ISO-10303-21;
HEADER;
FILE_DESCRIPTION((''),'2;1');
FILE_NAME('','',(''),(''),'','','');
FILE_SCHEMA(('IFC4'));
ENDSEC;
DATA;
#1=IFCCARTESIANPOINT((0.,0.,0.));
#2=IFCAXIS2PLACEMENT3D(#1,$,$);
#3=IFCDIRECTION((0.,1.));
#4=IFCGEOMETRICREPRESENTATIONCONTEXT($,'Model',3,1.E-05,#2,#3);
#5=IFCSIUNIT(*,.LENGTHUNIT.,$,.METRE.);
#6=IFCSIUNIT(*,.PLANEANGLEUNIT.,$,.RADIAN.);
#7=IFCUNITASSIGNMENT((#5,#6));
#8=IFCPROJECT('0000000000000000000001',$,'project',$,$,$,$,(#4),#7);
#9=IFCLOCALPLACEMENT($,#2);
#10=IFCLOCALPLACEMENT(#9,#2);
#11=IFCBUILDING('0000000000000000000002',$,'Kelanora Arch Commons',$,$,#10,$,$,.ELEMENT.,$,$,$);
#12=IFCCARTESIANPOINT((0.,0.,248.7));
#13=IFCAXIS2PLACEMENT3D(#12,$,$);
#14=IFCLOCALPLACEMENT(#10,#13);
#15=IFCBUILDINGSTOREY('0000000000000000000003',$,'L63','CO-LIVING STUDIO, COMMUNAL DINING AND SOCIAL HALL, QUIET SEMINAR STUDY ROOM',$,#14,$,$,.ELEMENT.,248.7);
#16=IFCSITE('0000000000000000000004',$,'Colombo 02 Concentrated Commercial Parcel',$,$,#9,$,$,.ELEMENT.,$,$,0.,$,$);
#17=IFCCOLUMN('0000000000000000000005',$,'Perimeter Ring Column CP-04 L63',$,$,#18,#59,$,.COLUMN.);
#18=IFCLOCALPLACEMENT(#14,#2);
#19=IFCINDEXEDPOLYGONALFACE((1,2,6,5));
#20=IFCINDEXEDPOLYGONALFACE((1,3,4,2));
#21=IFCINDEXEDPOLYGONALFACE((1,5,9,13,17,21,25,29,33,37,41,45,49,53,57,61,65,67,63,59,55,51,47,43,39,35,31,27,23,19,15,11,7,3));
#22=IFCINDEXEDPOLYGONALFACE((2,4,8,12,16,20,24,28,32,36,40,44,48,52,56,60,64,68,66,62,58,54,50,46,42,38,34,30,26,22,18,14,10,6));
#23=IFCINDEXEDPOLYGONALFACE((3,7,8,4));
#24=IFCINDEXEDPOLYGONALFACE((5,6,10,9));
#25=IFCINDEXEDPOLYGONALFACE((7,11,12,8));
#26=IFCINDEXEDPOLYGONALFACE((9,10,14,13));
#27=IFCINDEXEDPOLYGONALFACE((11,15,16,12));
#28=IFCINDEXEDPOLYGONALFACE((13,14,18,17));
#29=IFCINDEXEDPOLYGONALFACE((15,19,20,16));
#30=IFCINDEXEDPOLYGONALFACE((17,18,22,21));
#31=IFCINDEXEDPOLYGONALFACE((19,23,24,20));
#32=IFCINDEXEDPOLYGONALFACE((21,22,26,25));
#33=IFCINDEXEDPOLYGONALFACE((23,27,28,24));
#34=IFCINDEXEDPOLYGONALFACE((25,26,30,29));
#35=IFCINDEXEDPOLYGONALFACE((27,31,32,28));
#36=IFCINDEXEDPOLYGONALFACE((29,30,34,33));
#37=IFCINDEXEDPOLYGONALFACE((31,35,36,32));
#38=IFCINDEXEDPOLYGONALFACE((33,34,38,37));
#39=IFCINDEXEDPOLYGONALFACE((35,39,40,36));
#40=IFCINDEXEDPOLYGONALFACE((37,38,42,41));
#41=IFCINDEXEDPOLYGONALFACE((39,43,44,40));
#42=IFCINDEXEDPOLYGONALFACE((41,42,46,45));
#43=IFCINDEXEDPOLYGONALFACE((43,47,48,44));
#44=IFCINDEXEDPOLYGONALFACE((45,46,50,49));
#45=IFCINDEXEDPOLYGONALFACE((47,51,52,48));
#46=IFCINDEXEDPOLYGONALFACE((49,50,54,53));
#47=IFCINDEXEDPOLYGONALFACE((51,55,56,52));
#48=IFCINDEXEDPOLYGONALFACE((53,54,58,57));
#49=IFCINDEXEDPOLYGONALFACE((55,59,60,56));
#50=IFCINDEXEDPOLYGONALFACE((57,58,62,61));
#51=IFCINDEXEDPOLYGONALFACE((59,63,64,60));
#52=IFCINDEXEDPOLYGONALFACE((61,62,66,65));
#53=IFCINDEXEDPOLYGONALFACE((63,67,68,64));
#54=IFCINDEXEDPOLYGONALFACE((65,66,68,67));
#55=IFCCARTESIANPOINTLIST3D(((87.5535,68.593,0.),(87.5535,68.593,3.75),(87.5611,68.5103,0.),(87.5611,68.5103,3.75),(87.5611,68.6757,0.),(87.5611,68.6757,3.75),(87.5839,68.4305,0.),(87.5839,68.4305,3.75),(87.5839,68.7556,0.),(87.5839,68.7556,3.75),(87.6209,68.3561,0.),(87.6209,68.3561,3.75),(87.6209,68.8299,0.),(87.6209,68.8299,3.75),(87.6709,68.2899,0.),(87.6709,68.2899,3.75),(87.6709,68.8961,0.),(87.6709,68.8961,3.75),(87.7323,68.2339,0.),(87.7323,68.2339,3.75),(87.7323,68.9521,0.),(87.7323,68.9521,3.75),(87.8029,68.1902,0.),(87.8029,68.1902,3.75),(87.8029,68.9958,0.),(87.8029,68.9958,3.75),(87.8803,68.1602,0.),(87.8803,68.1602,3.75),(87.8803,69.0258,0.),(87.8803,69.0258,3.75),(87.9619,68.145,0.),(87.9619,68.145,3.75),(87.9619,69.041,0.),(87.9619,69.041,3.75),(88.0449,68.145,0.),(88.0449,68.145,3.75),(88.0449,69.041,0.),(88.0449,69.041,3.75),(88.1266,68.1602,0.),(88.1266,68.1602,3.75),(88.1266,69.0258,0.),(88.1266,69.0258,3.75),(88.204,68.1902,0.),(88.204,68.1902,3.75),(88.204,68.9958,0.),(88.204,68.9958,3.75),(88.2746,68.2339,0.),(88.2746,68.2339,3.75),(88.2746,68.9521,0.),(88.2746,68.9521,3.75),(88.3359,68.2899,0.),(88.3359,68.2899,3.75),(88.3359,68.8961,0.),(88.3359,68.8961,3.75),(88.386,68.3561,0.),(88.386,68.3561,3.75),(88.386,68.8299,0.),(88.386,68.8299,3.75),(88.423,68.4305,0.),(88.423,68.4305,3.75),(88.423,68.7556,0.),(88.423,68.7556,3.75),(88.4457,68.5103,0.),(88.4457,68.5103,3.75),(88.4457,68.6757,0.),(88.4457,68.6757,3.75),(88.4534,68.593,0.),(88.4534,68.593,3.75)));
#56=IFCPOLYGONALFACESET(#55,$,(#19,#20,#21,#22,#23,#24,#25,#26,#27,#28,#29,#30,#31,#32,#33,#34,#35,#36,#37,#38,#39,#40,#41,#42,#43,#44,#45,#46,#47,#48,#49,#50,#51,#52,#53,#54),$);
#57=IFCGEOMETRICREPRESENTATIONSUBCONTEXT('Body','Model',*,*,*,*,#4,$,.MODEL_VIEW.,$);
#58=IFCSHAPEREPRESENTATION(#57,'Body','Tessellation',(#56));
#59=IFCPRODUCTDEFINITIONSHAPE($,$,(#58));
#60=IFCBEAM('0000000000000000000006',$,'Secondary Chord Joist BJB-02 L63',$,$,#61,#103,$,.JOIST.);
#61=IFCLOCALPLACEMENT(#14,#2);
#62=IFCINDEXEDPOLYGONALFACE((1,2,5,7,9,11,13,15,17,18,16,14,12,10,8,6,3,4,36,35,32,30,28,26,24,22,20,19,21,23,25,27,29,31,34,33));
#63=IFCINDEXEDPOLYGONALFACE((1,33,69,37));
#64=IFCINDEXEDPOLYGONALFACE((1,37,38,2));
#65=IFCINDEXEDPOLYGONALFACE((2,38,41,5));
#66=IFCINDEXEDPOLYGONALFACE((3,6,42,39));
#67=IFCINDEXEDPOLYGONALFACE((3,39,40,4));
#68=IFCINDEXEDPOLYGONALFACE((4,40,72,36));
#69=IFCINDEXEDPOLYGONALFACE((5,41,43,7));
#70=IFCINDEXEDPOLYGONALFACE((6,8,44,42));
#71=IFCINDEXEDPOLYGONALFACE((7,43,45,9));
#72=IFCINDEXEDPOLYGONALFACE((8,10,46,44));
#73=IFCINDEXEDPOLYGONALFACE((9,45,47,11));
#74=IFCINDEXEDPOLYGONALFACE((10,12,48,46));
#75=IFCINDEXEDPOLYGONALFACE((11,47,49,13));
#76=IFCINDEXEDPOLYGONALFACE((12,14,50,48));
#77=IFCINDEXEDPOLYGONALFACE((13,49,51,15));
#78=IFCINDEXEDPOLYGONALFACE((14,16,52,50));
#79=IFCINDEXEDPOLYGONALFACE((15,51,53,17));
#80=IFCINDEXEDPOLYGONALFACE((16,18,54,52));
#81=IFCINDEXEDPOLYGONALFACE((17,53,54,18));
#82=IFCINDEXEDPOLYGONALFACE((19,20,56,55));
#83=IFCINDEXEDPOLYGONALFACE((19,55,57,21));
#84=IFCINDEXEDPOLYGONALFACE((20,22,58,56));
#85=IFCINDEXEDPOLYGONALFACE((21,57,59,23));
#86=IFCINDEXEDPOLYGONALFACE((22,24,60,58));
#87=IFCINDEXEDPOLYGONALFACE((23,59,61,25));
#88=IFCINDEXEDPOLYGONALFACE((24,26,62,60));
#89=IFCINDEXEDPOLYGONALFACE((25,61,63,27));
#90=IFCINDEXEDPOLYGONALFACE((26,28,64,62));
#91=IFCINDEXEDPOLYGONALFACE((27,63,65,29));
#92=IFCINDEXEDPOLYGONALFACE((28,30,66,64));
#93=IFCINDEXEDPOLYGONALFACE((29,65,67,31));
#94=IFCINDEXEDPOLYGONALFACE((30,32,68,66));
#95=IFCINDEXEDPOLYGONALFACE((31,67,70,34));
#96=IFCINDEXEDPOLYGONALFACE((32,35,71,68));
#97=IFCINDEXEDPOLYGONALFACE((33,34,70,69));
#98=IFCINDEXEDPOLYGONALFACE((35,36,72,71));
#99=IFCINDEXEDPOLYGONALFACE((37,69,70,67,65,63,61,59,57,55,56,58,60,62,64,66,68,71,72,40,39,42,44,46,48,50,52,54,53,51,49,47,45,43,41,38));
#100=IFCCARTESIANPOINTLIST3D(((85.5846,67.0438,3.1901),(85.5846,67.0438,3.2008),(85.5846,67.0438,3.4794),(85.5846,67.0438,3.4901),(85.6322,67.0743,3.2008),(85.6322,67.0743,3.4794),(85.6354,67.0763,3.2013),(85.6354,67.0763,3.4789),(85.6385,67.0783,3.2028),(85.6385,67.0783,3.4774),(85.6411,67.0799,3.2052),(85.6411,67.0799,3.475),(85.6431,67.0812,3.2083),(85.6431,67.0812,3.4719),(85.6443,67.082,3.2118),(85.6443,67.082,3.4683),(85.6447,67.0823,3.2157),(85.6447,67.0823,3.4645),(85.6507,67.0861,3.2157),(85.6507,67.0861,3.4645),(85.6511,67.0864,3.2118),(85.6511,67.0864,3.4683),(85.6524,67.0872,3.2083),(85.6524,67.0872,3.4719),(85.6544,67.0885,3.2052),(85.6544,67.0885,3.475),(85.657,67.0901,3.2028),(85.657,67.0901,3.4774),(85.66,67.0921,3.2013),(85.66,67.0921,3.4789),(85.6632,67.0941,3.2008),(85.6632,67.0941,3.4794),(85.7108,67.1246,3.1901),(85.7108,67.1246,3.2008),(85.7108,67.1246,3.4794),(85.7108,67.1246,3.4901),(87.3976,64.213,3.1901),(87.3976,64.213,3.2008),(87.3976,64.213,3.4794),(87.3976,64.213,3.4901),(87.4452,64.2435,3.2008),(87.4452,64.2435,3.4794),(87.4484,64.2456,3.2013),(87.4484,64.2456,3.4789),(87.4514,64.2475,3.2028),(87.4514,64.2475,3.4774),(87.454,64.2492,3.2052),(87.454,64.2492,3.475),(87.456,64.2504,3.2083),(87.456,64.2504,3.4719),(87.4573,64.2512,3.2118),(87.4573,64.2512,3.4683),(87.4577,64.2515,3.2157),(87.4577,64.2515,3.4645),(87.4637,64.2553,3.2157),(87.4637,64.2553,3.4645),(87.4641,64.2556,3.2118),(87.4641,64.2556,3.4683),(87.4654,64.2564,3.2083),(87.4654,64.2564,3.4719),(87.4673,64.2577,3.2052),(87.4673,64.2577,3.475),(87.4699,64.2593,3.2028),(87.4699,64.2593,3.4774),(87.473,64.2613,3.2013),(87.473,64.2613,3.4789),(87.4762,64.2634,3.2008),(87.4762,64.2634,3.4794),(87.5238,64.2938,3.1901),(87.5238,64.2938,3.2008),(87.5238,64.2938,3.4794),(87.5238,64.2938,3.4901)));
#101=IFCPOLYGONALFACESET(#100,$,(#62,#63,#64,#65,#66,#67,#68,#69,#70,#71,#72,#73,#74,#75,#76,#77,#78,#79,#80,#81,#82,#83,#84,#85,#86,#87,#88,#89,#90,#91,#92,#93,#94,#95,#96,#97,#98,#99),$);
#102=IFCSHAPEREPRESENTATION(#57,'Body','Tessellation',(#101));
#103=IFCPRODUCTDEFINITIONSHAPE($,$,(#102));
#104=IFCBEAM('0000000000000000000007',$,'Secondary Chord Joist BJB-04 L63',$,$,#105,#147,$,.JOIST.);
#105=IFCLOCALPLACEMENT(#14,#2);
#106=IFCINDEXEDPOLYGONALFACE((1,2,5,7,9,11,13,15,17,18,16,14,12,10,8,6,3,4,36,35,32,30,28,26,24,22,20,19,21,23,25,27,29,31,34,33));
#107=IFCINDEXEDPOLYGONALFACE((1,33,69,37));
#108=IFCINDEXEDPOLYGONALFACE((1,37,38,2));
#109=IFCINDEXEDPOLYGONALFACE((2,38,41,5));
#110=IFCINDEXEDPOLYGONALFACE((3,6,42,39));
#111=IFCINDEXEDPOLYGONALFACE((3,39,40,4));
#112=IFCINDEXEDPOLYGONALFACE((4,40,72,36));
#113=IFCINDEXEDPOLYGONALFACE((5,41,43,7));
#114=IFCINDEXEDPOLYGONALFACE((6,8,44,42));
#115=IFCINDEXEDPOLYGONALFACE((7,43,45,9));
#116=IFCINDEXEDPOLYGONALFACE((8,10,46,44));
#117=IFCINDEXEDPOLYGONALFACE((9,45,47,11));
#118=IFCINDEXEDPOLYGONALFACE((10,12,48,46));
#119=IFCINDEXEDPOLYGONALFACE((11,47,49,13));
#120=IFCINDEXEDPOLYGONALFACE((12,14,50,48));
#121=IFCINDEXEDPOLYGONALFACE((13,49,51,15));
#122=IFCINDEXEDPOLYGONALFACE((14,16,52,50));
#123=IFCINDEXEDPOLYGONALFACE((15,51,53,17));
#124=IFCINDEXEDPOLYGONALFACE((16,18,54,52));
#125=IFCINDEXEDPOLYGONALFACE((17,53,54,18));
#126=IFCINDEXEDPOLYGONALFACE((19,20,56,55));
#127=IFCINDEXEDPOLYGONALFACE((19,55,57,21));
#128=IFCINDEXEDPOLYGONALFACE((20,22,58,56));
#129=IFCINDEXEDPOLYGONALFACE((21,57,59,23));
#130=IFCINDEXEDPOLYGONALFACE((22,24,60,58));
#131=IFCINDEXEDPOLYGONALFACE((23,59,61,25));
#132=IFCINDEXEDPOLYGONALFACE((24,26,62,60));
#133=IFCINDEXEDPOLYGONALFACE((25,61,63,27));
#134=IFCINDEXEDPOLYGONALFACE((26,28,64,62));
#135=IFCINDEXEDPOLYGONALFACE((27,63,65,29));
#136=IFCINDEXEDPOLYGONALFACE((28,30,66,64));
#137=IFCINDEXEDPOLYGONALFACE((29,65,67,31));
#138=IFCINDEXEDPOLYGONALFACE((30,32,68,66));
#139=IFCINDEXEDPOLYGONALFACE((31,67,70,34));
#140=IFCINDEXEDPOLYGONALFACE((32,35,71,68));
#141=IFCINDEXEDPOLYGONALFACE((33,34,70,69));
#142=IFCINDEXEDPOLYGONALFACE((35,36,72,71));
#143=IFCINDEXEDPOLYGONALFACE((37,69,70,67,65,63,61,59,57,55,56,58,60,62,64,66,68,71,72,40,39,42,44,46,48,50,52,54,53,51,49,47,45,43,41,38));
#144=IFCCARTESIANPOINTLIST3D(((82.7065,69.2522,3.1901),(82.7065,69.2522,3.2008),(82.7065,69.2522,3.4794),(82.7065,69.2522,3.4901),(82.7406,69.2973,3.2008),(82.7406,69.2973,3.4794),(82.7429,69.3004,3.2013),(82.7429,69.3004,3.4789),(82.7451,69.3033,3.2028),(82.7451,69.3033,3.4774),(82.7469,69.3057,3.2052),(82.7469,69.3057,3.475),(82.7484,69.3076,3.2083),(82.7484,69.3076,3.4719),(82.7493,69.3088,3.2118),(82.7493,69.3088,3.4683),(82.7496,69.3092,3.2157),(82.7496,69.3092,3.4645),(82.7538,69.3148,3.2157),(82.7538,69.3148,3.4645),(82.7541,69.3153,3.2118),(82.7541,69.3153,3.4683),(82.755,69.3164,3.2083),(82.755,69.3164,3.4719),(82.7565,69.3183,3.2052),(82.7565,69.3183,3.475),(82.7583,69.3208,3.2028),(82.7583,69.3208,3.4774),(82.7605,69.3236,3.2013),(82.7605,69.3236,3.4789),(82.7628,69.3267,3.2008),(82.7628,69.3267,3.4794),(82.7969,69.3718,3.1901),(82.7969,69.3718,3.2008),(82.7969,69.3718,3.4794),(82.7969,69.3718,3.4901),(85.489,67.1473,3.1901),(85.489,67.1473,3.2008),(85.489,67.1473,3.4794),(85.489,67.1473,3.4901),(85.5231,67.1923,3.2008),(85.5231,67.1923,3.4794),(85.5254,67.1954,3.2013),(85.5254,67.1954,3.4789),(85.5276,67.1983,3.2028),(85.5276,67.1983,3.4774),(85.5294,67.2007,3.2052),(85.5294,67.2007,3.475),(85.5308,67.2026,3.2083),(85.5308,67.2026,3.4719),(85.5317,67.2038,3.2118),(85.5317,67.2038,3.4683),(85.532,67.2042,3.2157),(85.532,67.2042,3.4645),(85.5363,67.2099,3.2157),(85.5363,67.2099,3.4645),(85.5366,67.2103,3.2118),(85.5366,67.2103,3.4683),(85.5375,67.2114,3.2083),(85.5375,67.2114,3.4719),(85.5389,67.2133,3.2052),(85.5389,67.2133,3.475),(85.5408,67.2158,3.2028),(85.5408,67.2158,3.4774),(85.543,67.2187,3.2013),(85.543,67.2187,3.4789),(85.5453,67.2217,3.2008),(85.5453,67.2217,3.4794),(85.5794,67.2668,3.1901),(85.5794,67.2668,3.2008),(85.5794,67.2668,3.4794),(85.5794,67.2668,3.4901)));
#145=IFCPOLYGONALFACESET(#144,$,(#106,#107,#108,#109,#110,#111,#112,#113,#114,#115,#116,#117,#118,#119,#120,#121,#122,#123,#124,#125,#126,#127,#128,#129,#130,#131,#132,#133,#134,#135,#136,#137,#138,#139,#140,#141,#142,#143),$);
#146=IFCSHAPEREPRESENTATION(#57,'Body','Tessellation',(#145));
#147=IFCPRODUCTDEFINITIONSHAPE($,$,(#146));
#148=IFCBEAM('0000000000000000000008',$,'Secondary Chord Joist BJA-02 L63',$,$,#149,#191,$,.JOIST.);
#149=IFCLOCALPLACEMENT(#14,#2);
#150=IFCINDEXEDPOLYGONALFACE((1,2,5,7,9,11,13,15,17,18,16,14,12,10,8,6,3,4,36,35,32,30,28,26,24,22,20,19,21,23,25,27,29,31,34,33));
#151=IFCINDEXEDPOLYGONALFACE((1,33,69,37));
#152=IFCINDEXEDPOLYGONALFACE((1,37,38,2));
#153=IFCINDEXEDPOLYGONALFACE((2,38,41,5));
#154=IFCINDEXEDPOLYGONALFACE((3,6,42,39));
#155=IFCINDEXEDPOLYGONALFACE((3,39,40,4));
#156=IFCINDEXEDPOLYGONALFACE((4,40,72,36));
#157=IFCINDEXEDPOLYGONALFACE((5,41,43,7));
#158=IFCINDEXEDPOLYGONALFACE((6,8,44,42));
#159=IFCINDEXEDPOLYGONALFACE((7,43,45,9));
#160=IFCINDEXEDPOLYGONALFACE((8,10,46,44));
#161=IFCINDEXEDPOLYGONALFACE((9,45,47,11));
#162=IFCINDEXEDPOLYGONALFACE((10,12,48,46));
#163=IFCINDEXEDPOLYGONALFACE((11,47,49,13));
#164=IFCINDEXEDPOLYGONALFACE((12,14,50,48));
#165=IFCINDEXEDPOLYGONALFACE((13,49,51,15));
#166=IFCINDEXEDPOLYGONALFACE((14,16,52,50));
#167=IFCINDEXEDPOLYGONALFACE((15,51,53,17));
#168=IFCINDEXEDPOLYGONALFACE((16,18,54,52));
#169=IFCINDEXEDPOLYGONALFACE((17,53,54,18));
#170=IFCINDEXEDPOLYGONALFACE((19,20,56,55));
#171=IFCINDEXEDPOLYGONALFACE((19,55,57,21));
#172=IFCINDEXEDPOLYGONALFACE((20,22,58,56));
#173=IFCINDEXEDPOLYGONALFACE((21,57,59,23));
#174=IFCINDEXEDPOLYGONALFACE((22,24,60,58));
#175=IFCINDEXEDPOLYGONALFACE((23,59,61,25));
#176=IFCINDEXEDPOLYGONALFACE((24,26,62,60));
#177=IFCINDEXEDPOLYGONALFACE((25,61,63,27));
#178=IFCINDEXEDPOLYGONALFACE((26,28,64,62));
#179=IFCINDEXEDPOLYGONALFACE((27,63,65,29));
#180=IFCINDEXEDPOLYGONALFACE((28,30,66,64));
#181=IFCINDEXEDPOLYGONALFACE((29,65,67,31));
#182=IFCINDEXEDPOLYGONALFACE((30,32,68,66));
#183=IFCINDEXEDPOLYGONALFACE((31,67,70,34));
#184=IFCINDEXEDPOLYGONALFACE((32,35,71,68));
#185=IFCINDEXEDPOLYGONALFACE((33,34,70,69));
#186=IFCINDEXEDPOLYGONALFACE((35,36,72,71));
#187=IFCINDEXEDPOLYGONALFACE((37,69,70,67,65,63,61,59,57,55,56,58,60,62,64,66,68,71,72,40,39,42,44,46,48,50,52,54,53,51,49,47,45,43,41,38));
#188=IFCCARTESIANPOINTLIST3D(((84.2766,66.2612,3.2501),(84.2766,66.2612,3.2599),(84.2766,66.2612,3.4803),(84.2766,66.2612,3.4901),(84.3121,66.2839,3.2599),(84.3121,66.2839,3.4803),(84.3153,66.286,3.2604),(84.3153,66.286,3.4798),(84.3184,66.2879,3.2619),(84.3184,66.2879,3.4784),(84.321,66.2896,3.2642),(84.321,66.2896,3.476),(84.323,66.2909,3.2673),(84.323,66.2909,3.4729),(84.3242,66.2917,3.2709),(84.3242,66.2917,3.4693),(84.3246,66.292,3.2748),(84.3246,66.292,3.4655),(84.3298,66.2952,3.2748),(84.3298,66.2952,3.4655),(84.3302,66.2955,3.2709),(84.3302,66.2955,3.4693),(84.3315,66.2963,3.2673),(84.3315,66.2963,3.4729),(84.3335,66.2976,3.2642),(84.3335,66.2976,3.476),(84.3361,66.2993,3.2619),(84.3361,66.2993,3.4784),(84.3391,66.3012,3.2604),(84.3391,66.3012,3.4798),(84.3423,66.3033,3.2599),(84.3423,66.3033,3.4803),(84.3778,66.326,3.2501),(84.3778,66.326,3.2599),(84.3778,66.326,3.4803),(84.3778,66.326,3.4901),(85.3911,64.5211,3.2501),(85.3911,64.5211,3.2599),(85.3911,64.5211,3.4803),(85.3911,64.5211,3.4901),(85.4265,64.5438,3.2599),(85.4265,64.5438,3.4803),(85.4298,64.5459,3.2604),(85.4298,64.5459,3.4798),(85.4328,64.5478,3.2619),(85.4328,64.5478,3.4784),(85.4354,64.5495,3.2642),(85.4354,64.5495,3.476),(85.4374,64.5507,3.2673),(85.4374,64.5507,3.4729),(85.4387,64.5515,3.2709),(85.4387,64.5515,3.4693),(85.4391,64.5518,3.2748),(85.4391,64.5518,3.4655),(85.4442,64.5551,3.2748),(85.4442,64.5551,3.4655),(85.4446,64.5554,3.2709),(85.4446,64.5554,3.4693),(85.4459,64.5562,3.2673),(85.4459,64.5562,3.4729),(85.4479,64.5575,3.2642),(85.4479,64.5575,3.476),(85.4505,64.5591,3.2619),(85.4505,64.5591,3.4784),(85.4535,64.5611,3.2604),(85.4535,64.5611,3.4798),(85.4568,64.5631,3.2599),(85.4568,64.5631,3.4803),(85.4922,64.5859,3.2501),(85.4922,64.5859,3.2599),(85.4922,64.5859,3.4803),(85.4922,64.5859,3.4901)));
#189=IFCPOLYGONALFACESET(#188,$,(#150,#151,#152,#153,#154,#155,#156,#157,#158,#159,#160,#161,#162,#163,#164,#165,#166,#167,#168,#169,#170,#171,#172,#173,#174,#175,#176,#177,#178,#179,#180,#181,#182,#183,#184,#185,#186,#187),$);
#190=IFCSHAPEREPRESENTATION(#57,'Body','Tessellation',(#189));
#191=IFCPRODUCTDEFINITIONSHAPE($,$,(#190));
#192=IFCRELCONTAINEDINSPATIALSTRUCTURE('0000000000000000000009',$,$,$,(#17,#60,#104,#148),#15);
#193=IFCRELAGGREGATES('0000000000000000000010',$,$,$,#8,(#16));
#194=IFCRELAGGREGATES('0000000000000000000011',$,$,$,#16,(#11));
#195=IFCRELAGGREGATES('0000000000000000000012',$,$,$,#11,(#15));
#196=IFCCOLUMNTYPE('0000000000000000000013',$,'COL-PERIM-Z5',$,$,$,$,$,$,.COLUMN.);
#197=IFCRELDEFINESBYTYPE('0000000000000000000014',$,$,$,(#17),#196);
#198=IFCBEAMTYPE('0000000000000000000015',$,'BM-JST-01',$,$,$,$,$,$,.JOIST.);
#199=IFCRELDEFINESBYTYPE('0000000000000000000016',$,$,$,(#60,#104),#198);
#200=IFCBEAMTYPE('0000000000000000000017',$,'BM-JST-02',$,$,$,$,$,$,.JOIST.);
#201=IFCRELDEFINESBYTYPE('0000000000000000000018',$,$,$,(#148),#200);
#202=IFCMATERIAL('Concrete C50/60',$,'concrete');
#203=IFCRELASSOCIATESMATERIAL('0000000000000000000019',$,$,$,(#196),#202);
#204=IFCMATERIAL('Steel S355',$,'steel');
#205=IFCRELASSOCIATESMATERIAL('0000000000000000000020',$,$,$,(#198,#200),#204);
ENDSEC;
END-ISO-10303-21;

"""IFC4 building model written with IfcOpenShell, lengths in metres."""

from ifc_helpers import new_model, si_unit, direction, frame, origin, origin_2d, place, context, subcontext, project, spatial, circle, i_section, extrude, material, material_profile, profile_set, type_object, element, save


model = new_model("IFC4")

# Units and contexts
model_context = context("Model", 3, precision=1e-05, world=origin(), true_north=direction((0.0, 1.0)))
body_context = subcontext(model_context, "Body", "Model", "MODEL_VIEW")
ifc_project = project(units=[si_unit("LENGTHUNIT", "METRE"), si_unit("PLANEANGLEUNIT", "RADIAN")], contexts=[model_context])

# Site, building, storey
site_placement = place(None, origin())
site = spatial("IfcSite", under=ifc_project, at=site_placement, Name="Colombo 02 Concentrated Commercial Parcel", CompositionType="ELEMENT", RefElevation=0.0)
building_placement = place(site_placement, origin())
building = spatial("IfcBuilding", under=site, at=building_placement, Name="Kelanora Arch Commons", CompositionType="ELEMENT")
storey_placement = place(building_placement, frame((0.0, 0.0, 248.7)))
storey = spatial("IfcBuildingStorey", under=building, at=storey_placement, Name="L63", Description="CO-LIVING STUDIO, COMMUNAL DINING AND SOCIAL HALL, QUIET SEMINAR STUDY ROOM", CompositionType="ELEMENT", Elevation=248.7)

# Column
ifc_material_1 = material(Name="Concrete C50/60", Category="concrete")
ifc_material_profile_1 = material_profile(ifc_material_1, circle(Radius=0.45, at=origin_2d()), Name="RCC900")
ifc_profile_set_1 = profile_set([ifc_material_profile_1], Name="Concrete C50/60")
column_type = type_object("IfcColumnType", Name="COL-PERIM-Z5", PredefinedType="COLUMN", material=ifc_profile_set_1)
column_placement = place(storey_placement, frame((88.0034, 68.593, 0.0), z_axis=(0.0, 0.0, 1.0), x_axis=(1.0, 0.0, 0.0)))
element("IfcColumn", 1, at=column_placement, inside=storey, type_object=column_type, Name="Perimeter Ring Column CP-04 L63", PredefinedType="COLUMN", context=body_context, shape_type="SweptSolid", body=[
    extrude(circle(Radius=0.45, at=origin_2d()), origin(), (0.0, 0.0, 1.0), 3.75),
])

# Beams
ifc_material_2 = material(Name="Steel S355", Category="steel")
ifc_material_profile_2 = material_profile(ifc_material_2, i_section(OverallWidth=0.1499, OverallDepth=0.3, WebThickness=0.0071, FlangeThickness=0.0107, FilletRadius=0.0149, at=origin_2d()), Name="IPE300")
ifc_profile_set_2 = profile_set([ifc_material_profile_2], Name="Steel S355")
beam_type_1 = type_object("IfcBeamType", Name="BM-JST-01", PredefinedType="JOIST", material=ifc_profile_set_2)
beam_1_placement = place(storey_placement, frame((87.4607, 64.2534, 3.3401), z_axis=(-0.539322, 0.8421, 0.0), x_axis=(-0.8421, -0.539322, 0.0)))
element("IfcBeam", 2, at=beam_1_placement, inside=storey, type_object=beam_type_1, Name="Secondary Chord Joist BJB-02 L63", PredefinedType="JOIST", context=body_context, shape_type="SweptSolid", body=[
    extrude(i_section(OverallWidth=0.1499, OverallDepth=0.3, WebThickness=0.0071, FlangeThickness=0.0107, FilletRadius=0.0149, at=origin_2d()), origin(), (0.0, 0.0, 1.0), 3.3616),
])
beam_2_placement = place(storey_placement, frame((85.5342, 67.207, 3.3401), z_axis=(-0.797499, 0.60332, 0.0), x_axis=(-0.60332, -0.797499, 0.0)))
element("IfcBeam", 3, at=beam_2_placement, inside=storey, type_object=beam_type_1, Name="Secondary Chord Joist BJB-04 L63", PredefinedType="JOIST", context=body_context, shape_type="SweptSolid", body=[
    extrude(i_section(OverallWidth=0.1499, OverallDepth=0.3, WebThickness=0.0071, FlangeThickness=0.0107, FilletRadius=0.0149, at=origin_2d()), origin(), (0.0, 0.0, 1.0), 3.489),
])
ifc_material_profile_3 = material_profile(ifc_material_2, i_section(OverallWidth=0.1201, OverallDepth=0.24, WebThickness=0.0061, FlangeThickness=0.0098, FilletRadius=0.0149, at=origin_2d()), Name="IPE240")
ifc_profile_set_3 = profile_set([ifc_material_profile_3], Name="Steel S355")
beam_type_2 = type_object("IfcBeamType", Name="BM-JST-02", PredefinedType="JOIST", material=ifc_profile_set_3)
beam_3_placement = place(storey_placement, frame((85.4417, 64.5535, 3.3701), z_axis=(-0.539312, 0.842106, 0.0), x_axis=(-0.842106, -0.539312, 0.0)))
element("IfcBeam", 4, at=beam_3_placement, inside=storey, type_object=beam_type_2, Name="Secondary Chord Joist BJA-02 L63", PredefinedType="JOIST", context=body_context, shape_type="SweptSolid", body=[
    extrude(i_section(OverallWidth=0.1201, OverallDepth=0.24, WebThickness=0.0061, FlangeThickness=0.0098, FilletRadius=0.0149, at=origin_2d()), origin(), (0.0, 0.0, 1.0), 2.0664),
])

save(model, "model.ifc")
